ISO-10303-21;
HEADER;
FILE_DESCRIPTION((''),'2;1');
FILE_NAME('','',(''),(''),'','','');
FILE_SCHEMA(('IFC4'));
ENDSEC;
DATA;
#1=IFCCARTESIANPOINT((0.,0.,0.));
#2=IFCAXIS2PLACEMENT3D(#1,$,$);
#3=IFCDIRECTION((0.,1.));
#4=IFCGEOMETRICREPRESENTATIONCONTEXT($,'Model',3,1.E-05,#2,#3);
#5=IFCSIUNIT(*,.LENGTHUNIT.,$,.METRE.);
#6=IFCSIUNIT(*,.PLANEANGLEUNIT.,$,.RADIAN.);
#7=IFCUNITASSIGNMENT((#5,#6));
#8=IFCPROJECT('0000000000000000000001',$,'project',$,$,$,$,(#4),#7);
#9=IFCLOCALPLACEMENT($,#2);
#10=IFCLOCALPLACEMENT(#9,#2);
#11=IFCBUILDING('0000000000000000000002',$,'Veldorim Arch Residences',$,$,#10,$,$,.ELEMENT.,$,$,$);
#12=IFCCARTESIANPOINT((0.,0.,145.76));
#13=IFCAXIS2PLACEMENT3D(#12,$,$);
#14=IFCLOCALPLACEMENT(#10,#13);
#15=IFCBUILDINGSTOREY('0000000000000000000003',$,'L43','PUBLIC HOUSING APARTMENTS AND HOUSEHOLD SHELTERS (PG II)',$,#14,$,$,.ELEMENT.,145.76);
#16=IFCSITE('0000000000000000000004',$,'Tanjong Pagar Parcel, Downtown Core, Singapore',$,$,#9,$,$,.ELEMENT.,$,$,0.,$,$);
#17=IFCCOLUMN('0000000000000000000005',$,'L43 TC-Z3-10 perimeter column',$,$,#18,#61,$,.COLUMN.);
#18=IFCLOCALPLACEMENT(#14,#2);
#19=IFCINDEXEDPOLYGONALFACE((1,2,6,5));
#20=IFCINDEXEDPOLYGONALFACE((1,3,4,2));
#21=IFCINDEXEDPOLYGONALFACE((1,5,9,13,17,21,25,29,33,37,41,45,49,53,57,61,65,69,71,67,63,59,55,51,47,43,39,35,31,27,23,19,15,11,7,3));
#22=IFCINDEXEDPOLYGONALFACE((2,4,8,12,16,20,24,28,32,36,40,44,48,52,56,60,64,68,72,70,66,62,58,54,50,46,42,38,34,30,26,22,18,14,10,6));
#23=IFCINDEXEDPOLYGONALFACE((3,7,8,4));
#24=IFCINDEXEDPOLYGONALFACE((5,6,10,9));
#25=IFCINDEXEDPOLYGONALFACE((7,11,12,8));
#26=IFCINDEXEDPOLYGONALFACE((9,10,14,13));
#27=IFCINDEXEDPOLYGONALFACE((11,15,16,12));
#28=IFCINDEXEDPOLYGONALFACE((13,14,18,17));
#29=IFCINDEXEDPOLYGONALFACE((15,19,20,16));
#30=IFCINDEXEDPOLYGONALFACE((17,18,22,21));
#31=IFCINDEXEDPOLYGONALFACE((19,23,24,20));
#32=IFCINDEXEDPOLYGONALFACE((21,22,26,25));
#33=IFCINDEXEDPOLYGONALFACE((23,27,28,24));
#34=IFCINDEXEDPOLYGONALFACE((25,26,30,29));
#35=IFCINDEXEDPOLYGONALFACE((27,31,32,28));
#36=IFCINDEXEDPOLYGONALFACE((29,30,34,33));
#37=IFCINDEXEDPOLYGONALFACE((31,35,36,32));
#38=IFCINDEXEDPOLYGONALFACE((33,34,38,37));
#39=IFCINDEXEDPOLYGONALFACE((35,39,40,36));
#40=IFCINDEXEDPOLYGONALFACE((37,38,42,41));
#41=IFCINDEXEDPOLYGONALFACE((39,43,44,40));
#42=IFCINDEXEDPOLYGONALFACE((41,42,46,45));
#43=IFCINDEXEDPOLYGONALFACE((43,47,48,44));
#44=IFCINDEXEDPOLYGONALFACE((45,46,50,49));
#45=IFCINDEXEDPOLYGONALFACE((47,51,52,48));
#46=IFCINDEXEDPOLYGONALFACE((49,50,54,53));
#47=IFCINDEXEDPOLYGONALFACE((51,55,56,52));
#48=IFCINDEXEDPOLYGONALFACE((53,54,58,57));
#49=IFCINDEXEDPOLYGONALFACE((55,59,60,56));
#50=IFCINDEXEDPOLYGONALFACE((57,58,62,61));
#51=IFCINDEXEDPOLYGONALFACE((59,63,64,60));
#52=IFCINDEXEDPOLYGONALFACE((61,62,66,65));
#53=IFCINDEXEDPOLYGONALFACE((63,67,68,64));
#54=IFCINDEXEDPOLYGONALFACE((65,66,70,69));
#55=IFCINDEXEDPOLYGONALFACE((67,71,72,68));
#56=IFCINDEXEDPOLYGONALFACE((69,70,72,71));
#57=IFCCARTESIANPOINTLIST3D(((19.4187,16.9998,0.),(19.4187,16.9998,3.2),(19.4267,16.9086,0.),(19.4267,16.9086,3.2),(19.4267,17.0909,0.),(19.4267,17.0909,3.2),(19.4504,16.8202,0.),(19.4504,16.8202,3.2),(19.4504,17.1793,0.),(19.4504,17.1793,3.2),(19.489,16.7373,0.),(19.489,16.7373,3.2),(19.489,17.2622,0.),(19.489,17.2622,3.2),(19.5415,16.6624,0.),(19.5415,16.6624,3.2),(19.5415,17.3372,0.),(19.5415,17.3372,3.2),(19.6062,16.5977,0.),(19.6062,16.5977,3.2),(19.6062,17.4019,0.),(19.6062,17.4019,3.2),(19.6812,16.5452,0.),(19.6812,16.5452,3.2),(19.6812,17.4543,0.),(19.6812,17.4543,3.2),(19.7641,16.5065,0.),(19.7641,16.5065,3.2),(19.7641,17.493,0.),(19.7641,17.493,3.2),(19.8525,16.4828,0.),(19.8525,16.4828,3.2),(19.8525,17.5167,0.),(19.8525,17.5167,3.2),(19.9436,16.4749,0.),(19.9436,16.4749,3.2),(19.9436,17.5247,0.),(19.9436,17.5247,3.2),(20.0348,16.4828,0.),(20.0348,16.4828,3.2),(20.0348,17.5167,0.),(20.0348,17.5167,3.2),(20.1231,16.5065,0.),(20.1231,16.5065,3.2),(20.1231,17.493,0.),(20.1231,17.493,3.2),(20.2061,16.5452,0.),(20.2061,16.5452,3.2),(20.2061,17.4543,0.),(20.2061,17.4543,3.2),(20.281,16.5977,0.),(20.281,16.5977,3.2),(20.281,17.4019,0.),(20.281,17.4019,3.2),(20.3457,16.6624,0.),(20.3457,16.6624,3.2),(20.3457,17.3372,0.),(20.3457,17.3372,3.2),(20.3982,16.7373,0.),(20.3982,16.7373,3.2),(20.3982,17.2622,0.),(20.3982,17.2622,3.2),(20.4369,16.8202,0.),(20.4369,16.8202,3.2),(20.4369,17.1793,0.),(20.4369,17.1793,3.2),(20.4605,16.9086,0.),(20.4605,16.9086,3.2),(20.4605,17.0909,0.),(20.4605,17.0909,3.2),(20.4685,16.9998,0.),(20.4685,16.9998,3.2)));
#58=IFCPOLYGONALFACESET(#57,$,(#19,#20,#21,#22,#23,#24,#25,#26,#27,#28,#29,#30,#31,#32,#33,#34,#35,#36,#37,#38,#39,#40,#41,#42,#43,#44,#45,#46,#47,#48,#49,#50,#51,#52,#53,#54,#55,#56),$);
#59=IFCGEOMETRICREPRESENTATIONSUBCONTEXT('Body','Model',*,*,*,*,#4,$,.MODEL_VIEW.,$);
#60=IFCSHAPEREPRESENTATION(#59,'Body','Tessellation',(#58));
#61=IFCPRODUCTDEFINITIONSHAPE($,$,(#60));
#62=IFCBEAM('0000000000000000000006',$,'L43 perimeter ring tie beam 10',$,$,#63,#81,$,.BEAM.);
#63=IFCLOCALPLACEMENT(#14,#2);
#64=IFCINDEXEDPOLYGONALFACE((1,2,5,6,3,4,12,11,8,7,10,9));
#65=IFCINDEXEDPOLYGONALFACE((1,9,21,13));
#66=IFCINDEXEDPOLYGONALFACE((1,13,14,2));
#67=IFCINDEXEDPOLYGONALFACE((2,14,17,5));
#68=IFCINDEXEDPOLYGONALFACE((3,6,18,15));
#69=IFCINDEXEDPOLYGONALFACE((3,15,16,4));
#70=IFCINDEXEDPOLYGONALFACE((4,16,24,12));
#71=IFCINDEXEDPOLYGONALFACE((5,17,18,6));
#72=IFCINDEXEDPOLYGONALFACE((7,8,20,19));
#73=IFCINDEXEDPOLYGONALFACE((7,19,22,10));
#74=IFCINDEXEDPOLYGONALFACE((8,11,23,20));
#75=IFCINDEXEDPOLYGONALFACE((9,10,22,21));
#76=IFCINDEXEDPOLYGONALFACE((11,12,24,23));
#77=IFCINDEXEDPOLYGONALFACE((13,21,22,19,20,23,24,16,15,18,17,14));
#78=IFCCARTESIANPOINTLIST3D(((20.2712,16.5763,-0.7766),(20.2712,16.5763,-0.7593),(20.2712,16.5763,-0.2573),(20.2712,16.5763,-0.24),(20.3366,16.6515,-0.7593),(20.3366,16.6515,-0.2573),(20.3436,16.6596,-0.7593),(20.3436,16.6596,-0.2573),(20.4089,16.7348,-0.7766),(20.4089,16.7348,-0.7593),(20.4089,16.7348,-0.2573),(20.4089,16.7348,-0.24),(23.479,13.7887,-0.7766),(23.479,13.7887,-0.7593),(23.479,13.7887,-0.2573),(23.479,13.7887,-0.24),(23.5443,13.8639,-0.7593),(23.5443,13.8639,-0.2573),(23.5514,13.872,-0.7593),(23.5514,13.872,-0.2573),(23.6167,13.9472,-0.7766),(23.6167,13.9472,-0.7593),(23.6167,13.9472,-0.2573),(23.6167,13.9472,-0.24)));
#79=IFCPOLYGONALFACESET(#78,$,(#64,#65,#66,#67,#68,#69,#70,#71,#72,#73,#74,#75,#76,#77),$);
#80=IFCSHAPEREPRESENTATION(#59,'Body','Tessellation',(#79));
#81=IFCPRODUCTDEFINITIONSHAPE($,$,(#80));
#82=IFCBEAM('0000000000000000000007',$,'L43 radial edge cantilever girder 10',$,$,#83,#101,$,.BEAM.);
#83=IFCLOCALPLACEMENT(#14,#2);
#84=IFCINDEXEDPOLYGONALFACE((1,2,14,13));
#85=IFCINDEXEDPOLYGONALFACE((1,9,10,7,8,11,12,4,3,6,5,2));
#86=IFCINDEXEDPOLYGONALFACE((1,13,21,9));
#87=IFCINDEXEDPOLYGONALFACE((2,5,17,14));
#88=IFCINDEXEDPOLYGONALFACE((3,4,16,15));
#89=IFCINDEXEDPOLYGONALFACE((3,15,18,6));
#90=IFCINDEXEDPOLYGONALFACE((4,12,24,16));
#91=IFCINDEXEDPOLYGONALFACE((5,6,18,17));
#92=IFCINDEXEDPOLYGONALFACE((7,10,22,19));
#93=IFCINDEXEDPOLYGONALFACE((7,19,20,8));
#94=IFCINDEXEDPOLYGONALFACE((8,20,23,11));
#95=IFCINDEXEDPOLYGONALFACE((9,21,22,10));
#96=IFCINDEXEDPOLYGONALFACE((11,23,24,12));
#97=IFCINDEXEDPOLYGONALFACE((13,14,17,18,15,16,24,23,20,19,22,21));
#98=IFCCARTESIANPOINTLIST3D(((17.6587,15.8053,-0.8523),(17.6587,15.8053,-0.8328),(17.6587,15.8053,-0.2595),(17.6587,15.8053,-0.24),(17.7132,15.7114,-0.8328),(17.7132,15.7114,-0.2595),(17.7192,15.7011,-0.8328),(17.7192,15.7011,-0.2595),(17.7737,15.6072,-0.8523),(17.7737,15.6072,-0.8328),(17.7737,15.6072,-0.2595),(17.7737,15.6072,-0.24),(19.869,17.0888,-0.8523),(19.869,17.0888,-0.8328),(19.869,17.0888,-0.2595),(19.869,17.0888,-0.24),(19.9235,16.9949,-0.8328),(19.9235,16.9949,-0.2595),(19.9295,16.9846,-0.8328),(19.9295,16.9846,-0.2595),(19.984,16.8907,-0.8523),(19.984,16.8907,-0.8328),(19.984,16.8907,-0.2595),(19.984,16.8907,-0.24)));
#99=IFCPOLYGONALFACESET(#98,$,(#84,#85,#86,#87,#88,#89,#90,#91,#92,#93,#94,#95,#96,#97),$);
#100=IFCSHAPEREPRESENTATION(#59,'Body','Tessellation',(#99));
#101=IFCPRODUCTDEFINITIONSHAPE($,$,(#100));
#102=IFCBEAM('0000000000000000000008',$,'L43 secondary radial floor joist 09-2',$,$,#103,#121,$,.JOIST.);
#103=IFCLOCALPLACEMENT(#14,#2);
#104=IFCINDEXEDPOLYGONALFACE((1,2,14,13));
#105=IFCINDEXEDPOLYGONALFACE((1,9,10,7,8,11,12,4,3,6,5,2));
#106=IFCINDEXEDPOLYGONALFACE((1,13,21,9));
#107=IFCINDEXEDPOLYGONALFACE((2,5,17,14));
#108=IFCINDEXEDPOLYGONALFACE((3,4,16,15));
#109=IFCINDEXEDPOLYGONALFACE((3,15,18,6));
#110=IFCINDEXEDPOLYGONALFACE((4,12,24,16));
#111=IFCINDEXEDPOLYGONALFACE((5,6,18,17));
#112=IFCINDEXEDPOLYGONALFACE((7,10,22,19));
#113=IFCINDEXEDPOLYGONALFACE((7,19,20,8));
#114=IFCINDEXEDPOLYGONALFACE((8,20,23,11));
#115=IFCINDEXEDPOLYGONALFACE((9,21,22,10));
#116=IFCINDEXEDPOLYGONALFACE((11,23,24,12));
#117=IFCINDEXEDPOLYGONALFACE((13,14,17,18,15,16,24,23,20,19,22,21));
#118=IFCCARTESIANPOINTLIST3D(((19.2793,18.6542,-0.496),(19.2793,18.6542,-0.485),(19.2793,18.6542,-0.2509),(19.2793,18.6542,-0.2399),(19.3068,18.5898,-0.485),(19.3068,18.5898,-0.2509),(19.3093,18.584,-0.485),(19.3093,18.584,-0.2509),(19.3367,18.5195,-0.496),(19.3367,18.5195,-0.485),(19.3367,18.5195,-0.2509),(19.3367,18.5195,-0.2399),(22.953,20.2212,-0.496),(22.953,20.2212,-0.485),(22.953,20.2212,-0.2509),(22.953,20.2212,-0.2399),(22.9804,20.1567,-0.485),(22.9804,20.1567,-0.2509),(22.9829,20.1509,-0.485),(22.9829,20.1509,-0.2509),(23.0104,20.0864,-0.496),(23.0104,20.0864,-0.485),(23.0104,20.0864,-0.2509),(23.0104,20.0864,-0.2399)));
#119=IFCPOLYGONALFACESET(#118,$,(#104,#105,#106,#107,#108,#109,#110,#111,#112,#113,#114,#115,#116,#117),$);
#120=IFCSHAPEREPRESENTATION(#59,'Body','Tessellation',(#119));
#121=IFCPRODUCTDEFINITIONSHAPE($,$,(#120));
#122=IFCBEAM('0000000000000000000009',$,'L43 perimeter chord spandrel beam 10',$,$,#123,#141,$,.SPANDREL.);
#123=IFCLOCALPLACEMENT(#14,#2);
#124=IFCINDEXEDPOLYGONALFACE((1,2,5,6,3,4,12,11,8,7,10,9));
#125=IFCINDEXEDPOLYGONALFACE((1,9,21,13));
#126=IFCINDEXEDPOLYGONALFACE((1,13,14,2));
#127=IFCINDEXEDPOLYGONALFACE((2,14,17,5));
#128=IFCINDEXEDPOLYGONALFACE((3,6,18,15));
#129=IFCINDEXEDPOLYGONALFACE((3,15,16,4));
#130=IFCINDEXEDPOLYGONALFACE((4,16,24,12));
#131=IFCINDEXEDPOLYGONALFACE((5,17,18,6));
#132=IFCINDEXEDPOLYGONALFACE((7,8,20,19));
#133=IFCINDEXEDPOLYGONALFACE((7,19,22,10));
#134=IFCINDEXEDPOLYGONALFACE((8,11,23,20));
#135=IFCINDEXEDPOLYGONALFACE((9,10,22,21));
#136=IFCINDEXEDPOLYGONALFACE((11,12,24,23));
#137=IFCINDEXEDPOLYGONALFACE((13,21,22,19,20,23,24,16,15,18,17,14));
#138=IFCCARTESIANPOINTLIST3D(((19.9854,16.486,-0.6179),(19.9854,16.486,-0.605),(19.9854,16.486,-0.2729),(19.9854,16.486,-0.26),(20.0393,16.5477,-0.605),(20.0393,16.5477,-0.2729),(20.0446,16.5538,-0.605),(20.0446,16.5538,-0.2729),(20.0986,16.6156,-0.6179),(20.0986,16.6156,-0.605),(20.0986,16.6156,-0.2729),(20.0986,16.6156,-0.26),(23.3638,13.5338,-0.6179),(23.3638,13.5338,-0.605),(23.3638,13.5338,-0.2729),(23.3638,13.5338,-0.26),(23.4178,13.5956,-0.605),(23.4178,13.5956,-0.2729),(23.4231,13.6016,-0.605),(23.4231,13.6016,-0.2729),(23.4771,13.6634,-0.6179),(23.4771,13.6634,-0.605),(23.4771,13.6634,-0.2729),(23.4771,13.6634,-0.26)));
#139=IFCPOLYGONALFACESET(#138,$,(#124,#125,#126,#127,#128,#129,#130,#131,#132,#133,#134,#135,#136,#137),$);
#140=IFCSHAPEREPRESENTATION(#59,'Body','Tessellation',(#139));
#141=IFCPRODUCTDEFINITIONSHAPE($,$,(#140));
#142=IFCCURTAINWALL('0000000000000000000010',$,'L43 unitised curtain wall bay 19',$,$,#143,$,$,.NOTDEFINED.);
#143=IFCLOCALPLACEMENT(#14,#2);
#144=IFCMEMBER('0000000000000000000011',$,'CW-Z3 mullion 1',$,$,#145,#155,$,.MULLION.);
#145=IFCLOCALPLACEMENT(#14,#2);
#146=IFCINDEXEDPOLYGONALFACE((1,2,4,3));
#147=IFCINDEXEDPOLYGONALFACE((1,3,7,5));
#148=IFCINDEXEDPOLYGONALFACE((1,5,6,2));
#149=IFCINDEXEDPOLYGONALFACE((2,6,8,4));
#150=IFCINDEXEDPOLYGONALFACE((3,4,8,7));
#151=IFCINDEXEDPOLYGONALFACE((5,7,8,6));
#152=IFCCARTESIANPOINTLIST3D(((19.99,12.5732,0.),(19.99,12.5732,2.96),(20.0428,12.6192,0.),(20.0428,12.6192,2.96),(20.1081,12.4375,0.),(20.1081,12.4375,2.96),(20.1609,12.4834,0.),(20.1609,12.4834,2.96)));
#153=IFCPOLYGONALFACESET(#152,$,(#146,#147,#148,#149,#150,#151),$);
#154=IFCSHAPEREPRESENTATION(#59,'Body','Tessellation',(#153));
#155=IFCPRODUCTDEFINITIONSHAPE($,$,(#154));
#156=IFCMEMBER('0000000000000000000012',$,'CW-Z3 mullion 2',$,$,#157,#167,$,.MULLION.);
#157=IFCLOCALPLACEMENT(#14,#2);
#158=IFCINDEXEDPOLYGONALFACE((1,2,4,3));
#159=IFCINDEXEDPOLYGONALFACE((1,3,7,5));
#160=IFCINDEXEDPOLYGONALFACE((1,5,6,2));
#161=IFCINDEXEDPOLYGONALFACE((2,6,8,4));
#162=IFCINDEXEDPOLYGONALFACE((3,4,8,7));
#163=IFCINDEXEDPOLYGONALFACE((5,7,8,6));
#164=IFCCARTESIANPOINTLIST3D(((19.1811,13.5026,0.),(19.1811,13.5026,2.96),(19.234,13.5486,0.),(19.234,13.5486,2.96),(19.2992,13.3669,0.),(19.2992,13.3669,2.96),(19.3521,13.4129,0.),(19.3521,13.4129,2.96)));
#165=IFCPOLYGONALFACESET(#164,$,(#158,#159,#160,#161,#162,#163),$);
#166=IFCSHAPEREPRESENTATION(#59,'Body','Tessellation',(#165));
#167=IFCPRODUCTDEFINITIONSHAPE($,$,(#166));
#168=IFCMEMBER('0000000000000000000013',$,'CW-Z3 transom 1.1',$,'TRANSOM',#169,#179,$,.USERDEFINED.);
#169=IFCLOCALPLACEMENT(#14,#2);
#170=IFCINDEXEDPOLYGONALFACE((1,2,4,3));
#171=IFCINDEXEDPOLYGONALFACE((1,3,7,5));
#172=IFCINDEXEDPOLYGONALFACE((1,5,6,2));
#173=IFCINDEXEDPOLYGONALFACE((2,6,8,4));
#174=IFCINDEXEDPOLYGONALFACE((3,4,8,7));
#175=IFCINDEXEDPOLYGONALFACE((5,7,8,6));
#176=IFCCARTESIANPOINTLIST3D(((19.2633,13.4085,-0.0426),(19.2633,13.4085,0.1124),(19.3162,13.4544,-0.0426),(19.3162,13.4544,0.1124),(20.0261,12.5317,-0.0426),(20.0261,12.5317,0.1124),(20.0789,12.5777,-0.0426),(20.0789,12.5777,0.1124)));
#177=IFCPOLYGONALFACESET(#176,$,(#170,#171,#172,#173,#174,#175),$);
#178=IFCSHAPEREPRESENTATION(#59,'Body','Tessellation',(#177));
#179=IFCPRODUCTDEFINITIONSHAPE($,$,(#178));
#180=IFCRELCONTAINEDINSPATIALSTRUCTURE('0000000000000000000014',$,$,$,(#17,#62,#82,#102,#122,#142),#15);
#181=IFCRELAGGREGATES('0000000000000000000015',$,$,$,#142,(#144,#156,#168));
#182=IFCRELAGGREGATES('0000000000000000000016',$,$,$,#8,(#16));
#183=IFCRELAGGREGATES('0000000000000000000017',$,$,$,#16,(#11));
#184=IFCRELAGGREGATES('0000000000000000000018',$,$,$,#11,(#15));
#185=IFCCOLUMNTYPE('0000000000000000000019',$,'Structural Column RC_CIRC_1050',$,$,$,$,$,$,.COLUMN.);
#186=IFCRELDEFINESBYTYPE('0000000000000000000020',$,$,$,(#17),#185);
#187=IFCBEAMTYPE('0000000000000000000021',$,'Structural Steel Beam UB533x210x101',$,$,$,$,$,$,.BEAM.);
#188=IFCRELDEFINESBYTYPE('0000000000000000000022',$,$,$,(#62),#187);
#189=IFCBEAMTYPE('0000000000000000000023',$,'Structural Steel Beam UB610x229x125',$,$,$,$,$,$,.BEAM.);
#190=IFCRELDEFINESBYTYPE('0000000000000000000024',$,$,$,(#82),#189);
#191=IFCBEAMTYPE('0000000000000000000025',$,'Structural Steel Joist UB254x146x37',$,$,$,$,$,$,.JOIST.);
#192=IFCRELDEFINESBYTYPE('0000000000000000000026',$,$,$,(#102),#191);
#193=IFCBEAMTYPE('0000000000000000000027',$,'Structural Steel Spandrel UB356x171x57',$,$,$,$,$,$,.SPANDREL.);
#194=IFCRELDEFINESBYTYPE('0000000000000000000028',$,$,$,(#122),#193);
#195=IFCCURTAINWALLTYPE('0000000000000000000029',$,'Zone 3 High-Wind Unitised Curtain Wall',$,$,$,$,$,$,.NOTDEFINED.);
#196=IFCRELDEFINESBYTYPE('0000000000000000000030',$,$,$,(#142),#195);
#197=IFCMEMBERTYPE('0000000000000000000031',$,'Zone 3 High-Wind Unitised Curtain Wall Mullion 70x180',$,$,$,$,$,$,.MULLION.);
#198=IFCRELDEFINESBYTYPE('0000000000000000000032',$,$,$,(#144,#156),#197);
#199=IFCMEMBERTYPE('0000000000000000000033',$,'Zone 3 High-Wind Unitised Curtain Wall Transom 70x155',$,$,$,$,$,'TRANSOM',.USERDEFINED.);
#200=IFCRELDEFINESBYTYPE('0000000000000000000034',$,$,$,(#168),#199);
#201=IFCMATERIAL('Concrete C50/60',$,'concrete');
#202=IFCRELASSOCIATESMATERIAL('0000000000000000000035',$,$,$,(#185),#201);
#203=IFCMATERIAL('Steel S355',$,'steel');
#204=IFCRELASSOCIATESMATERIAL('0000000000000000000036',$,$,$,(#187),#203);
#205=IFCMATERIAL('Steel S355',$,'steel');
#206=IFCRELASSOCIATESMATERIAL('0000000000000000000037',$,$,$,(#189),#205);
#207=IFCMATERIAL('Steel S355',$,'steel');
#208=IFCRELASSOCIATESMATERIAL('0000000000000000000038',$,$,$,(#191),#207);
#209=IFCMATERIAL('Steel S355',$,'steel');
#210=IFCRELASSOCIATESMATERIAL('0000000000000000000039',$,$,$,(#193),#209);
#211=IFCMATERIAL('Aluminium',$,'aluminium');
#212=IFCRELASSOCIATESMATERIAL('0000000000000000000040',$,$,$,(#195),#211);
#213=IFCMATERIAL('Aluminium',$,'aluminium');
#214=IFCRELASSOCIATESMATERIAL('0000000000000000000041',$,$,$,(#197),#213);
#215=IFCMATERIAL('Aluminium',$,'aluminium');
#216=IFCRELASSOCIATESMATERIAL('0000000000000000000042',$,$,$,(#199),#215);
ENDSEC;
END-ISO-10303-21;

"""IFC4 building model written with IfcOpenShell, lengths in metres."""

from ifc_helpers import new_model, si_unit, direction, frame, origin, origin_2d, place, context, subcontext, project, spatial, rectangle, circle, i_section, extrude, material, material_profile, profile_set, type_object, element, aggregate, save


model = new_model("IFC4")

# Units and contexts
model_context = context("Model", 3, precision=1e-05, world=origin(), true_north=direction((0.0, 1.0)))
body_context = subcontext(model_context, "Body", "Model", "MODEL_VIEW")
ifc_project = project(units=[si_unit("LENGTHUNIT", "METRE"), si_unit("PLANEANGLEUNIT", "RADIAN")], contexts=[model_context])

# Site, building, storey
site_placement = place(None, origin())
site = spatial("IfcSite", under=ifc_project, at=site_placement, Name="Tanjong Pagar Parcel, Downtown Core, Singapore", CompositionType="ELEMENT", RefElevation=0.0)
building_placement = place(site_placement, origin())
building = spatial("IfcBuilding", under=site, at=building_placement, Name="Veldorim Arch Residences", CompositionType="ELEMENT")
storey_placement = place(building_placement, frame((0.0, 0.0, 145.76)))
storey = spatial("IfcBuildingStorey", under=building, at=storey_placement, Name="L43", Description="PUBLIC HOUSING APARTMENTS AND HOUSEHOLD SHELTERS (PG II)", CompositionType="ELEMENT", Elevation=145.76)

# Column
ifc_material_1 = material(Name="Concrete C50/60", Category="concrete")
ifc_material_profile_1 = material_profile(ifc_material_1, circle(Radius=0.5249, at=origin_2d()), Name="RC_CIRC_1050")
ifc_profile_set_1 = profile_set([ifc_material_profile_1], Name="Concrete C50/60")
column_type = type_object("IfcColumnType", Name="Structural Column RC_CIRC_1050", PredefinedType="COLUMN", material=ifc_profile_set_1)
column_placement = place(storey_placement, frame((19.9436, 16.9998, 0.0), z_axis=(0.0, 0.0, 1.0), x_axis=(1.0, 0.0, 0.0)))
element("IfcColumn", 1, at=column_placement, inside=storey, type_object=column_type, Name="L43 TC-Z3-10 perimeter column", PredefinedType="COLUMN", context=body_context, shape_type="SweptSolid", body=[
    extrude(circle(Radius=0.5249, at=origin_2d()), origin(), (0.0, 0.0, 1.0), 3.2),
])

# Beams
ifc_material_2 = material(Name="Steel S355", Category="steel")
ifc_material_profile_2 = material_profile(ifc_material_2, i_section(OverallWidth=0.21, OverallDepth=0.5366, WebThickness=0.0107, FlangeThickness=0.0173, at=origin_2d()), Name="UB533x210x101")
ifc_profile_set_2 = profile_set([ifc_material_profile_2], Name="Steel S355")
beam_type_1 = type_object("IfcBeamType", Name="Structural Steel Beam UB533x210x101", PredefinedType="BEAM", material=ifc_profile_set_2)
beam_1_placement = place(storey_placement, frame((20.3401, 16.6555, -0.5083), z_axis=(0.754811, -0.655943, 0.0), x_axis=(0.655943, 0.754811, 0.0)))
element("IfcBeam", 2, at=beam_1_placement, inside=storey, type_object=beam_type_1, Name="L43 perimeter ring tie beam 10", PredefinedType="BEAM", context=body_context, shape_type="SweptSolid", body=[
    extrude(i_section(OverallWidth=0.21, OverallDepth=0.5366, WebThickness=0.0107, FlangeThickness=0.0173, at=origin_2d()), origin(), (0.0, 0.0, 1.0), 4.2498),
])
ifc_material_3 = material(Name="Steel S355", Category="steel")
ifc_material_profile_3 = material_profile(ifc_material_3, i_section(OverallWidth=0.229, OverallDepth=0.6123, WebThickness=0.012, FlangeThickness=0.0195, at=origin_2d()), Name="UB610x229x125")
ifc_profile_set_3 = profile_set([ifc_material_profile_3], Name="Steel S355")
beam_type_2 = type_object("IfcBeamType", Name="Structural Steel Beam UB610x229x125", PredefinedType="BEAM", material=ifc_profile_set_3)
beam_2_placement = place(storey_placement, frame((19.9265, 16.9897, -0.5461), z_axis=(-0.864772, -0.502165, 0.0), x_axis=(0.502165, -0.864772, 0.0)))
element("IfcBeam", 3, at=beam_2_placement, inside=storey, type_object=beam_type_2, Name="L43 radial edge cantilever girder 10", PredefinedType="BEAM", context=body_context, shape_type="SweptSolid", body=[
    extrude(i_section(OverallWidth=0.229, OverallDepth=0.6123, WebThickness=0.012, FlangeThickness=0.0195, at=origin_2d()), origin(), (0.0, 0.0, 1.0), 2.5559),
])
ifc_material_4 = material(Name="Steel S355", Category="steel")
ifc_material_profile_4 = material_profile(ifc_material_4, i_section(OverallWidth=0.1465, OverallDepth=0.2561, WebThickness=0.0063, FlangeThickness=0.011, at=origin_2d()), Name="UB254x146x37")
ifc_profile_set_4 = profile_set([ifc_material_profile_4], Name="Steel S355")
beam_type_3 = type_object("IfcBeamType", Name="Structural Steel Joist UB254x146x37", PredefinedType="JOIST", material=ifc_profile_set_4)
beam_3_placement = place(storey_placement, frame((22.9817, 20.1538, -0.3679), z_axis=(-0.919823, -0.392332, 0.0), x_axis=(0.392332, -0.919823, 0.0)))
element("IfcBeam", 4, at=beam_3_placement, inside=storey, type_object=beam_type_3, Name="L43 secondary radial floor joist 09-2", PredefinedType="JOIST", context=body_context, shape_type="SweptSolid", body=[
    extrude(i_section(OverallWidth=0.1465, OverallDepth=0.2561, WebThickness=0.0063, FlangeThickness=0.011, at=origin_2d()), origin(), (0.0, 0.0, 1.0), 3.9939),
])
ifc_material_5 = material(Name="Steel S355", Category="steel")
ifc_material_profile_5 = material_profile(ifc_material_5, i_section(OverallWidth=0.1721, OverallDepth=0.3579, WebThickness=0.0081, FlangeThickness=0.0129, at=origin_2d()), Name="UB356x171x57")
ifc_profile_set_5 = profile_set([ifc_material_profile_5], Name="Steel S355")
beam_type_4 = type_object("IfcBeamType", Name="Structural Steel Spandrel UB356x171x57", PredefinedType="SPANDREL", material=ifc_profile_set_5)
beam_4_placement = place(storey_placement, frame((20.042, 16.5508, -0.439), z_axis=(0.753015, -0.658004, 0.0), x_axis=(0.658004, 0.753015, 0.0)))
element("IfcBeam", 5, at=beam_4_placement, inside=storey, type_object=beam_type_4, Name="L43 perimeter chord spandrel beam 10", PredefinedType="SPANDREL", context=body_context, shape_type="SweptSolid", body=[
    extrude(i_section(OverallWidth=0.1721, OverallDepth=0.3579, WebThickness=0.0081, FlangeThickness=0.0129, at=origin_2d()), origin(), (0.0, 0.0, 1.0), 4.4866),
])

# Curtain wall, members
ifc_material_6 = material(Name="Aluminium", Category="aluminium")
curtain_wall_type = type_object("IfcCurtainWallType", Name="Zone 3 High-Wind Unitised Curtain Wall", PredefinedType="NOTDEFINED", material=ifc_material_6)
curtain_wall_placement = place(storey_placement, origin())
curtain_wall = element("IfcCurtainWall", 6, at=curtain_wall_placement, inside=storey, type_object=curtain_wall_type, Name="L43 unitised curtain wall bay 19", PredefinedType="NOTDEFINED")
ifc_material_7 = material(Name="Aluminium", Category="aluminium")
ifc_material_profile_6 = material_profile(ifc_material_7, rectangle(XDim=0.0701, YDim=0.1799, at=origin_2d()), Name="ALU_MUL_70x180")
ifc_profile_set_6 = profile_set([ifc_material_profile_6], Name="Aluminium")
member_type_1 = type_object("IfcMemberType", Name="Zone 3 High-Wind Unitised Curtain Wall Mullion 70x180", PredefinedType="MULLION", material=ifc_profile_set_6)
member_1_placement = place(storey_placement, frame((20.0754, 12.5283, 0.0), z_axis=(0.0, 0.0, 1.0), x_axis=(-0.7544, -0.656415, 0.0)))
member_1 = element("IfcMember", 7, at=member_1_placement, type_object=member_type_1, Name="CW-Z3 mullion 1", PredefinedType="MULLION", context=body_context, shape_type="SweptSolid", body=[
    extrude(rectangle(XDim=0.0701, YDim=0.1799, at=origin_2d()), origin(), (0.0, 0.0, 1.0), 2.96),
])
member_2_placement = place(storey_placement, frame((19.2666, 13.4578, 0.0), z_axis=(0.0, 0.0, 1.0), x_axis=(-0.7544, -0.656415, 0.0)))
member_2 = element("IfcMember", 8, at=member_2_placement, type_object=member_type_1, Name="CW-Z3 mullion 2", PredefinedType="MULLION", context=body_context, shape_type="SweptSolid", body=[
    extrude(rectangle(XDim=0.0701, YDim=0.1799, at=origin_2d()), origin(), (0.0, 0.0, 1.0), 2.96),
])
ifc_material_8 = material(Name="Aluminium", Category="aluminium")
ifc_material_profile_7 = material_profile(ifc_material_8, rectangle(XDim=0.0701, YDim=0.155, at=origin_2d()), Name="ALU_TRN_70x155")
ifc_profile_set_7 = profile_set([ifc_material_profile_7], Name="Aluminium")
member_type_2 = type_object("IfcMemberType", Name="Zone 3 High-Wind Unitised Curtain Wall Transom 70x155", ElementType="TRANSOM", PredefinedType="USERDEFINED", material=ifc_profile_set_7)
member_3_placement = place(storey_placement, frame((20.0525, 12.5547, 0.0349), z_axis=(-0.656345, 0.754461, 0.0), x_axis=(-0.754461, -0.656345, 0.0)))
member_3 = element("IfcMember", 9, at=member_3_placement, type_object=member_type_2, Name="CW-Z3 transom 1.1", ObjectType="TRANSOM", PredefinedType="USERDEFINED", context=body_context, shape_type="SweptSolid", body=[
    extrude(rectangle(XDim=0.0701, YDim=0.155, at=origin_2d()), origin(), (0.0, 0.0, 1.0), 1.1621),
])
aggregate(curtain_wall, [member_1, member_2, member_3])

save(model, "model.ifc")
